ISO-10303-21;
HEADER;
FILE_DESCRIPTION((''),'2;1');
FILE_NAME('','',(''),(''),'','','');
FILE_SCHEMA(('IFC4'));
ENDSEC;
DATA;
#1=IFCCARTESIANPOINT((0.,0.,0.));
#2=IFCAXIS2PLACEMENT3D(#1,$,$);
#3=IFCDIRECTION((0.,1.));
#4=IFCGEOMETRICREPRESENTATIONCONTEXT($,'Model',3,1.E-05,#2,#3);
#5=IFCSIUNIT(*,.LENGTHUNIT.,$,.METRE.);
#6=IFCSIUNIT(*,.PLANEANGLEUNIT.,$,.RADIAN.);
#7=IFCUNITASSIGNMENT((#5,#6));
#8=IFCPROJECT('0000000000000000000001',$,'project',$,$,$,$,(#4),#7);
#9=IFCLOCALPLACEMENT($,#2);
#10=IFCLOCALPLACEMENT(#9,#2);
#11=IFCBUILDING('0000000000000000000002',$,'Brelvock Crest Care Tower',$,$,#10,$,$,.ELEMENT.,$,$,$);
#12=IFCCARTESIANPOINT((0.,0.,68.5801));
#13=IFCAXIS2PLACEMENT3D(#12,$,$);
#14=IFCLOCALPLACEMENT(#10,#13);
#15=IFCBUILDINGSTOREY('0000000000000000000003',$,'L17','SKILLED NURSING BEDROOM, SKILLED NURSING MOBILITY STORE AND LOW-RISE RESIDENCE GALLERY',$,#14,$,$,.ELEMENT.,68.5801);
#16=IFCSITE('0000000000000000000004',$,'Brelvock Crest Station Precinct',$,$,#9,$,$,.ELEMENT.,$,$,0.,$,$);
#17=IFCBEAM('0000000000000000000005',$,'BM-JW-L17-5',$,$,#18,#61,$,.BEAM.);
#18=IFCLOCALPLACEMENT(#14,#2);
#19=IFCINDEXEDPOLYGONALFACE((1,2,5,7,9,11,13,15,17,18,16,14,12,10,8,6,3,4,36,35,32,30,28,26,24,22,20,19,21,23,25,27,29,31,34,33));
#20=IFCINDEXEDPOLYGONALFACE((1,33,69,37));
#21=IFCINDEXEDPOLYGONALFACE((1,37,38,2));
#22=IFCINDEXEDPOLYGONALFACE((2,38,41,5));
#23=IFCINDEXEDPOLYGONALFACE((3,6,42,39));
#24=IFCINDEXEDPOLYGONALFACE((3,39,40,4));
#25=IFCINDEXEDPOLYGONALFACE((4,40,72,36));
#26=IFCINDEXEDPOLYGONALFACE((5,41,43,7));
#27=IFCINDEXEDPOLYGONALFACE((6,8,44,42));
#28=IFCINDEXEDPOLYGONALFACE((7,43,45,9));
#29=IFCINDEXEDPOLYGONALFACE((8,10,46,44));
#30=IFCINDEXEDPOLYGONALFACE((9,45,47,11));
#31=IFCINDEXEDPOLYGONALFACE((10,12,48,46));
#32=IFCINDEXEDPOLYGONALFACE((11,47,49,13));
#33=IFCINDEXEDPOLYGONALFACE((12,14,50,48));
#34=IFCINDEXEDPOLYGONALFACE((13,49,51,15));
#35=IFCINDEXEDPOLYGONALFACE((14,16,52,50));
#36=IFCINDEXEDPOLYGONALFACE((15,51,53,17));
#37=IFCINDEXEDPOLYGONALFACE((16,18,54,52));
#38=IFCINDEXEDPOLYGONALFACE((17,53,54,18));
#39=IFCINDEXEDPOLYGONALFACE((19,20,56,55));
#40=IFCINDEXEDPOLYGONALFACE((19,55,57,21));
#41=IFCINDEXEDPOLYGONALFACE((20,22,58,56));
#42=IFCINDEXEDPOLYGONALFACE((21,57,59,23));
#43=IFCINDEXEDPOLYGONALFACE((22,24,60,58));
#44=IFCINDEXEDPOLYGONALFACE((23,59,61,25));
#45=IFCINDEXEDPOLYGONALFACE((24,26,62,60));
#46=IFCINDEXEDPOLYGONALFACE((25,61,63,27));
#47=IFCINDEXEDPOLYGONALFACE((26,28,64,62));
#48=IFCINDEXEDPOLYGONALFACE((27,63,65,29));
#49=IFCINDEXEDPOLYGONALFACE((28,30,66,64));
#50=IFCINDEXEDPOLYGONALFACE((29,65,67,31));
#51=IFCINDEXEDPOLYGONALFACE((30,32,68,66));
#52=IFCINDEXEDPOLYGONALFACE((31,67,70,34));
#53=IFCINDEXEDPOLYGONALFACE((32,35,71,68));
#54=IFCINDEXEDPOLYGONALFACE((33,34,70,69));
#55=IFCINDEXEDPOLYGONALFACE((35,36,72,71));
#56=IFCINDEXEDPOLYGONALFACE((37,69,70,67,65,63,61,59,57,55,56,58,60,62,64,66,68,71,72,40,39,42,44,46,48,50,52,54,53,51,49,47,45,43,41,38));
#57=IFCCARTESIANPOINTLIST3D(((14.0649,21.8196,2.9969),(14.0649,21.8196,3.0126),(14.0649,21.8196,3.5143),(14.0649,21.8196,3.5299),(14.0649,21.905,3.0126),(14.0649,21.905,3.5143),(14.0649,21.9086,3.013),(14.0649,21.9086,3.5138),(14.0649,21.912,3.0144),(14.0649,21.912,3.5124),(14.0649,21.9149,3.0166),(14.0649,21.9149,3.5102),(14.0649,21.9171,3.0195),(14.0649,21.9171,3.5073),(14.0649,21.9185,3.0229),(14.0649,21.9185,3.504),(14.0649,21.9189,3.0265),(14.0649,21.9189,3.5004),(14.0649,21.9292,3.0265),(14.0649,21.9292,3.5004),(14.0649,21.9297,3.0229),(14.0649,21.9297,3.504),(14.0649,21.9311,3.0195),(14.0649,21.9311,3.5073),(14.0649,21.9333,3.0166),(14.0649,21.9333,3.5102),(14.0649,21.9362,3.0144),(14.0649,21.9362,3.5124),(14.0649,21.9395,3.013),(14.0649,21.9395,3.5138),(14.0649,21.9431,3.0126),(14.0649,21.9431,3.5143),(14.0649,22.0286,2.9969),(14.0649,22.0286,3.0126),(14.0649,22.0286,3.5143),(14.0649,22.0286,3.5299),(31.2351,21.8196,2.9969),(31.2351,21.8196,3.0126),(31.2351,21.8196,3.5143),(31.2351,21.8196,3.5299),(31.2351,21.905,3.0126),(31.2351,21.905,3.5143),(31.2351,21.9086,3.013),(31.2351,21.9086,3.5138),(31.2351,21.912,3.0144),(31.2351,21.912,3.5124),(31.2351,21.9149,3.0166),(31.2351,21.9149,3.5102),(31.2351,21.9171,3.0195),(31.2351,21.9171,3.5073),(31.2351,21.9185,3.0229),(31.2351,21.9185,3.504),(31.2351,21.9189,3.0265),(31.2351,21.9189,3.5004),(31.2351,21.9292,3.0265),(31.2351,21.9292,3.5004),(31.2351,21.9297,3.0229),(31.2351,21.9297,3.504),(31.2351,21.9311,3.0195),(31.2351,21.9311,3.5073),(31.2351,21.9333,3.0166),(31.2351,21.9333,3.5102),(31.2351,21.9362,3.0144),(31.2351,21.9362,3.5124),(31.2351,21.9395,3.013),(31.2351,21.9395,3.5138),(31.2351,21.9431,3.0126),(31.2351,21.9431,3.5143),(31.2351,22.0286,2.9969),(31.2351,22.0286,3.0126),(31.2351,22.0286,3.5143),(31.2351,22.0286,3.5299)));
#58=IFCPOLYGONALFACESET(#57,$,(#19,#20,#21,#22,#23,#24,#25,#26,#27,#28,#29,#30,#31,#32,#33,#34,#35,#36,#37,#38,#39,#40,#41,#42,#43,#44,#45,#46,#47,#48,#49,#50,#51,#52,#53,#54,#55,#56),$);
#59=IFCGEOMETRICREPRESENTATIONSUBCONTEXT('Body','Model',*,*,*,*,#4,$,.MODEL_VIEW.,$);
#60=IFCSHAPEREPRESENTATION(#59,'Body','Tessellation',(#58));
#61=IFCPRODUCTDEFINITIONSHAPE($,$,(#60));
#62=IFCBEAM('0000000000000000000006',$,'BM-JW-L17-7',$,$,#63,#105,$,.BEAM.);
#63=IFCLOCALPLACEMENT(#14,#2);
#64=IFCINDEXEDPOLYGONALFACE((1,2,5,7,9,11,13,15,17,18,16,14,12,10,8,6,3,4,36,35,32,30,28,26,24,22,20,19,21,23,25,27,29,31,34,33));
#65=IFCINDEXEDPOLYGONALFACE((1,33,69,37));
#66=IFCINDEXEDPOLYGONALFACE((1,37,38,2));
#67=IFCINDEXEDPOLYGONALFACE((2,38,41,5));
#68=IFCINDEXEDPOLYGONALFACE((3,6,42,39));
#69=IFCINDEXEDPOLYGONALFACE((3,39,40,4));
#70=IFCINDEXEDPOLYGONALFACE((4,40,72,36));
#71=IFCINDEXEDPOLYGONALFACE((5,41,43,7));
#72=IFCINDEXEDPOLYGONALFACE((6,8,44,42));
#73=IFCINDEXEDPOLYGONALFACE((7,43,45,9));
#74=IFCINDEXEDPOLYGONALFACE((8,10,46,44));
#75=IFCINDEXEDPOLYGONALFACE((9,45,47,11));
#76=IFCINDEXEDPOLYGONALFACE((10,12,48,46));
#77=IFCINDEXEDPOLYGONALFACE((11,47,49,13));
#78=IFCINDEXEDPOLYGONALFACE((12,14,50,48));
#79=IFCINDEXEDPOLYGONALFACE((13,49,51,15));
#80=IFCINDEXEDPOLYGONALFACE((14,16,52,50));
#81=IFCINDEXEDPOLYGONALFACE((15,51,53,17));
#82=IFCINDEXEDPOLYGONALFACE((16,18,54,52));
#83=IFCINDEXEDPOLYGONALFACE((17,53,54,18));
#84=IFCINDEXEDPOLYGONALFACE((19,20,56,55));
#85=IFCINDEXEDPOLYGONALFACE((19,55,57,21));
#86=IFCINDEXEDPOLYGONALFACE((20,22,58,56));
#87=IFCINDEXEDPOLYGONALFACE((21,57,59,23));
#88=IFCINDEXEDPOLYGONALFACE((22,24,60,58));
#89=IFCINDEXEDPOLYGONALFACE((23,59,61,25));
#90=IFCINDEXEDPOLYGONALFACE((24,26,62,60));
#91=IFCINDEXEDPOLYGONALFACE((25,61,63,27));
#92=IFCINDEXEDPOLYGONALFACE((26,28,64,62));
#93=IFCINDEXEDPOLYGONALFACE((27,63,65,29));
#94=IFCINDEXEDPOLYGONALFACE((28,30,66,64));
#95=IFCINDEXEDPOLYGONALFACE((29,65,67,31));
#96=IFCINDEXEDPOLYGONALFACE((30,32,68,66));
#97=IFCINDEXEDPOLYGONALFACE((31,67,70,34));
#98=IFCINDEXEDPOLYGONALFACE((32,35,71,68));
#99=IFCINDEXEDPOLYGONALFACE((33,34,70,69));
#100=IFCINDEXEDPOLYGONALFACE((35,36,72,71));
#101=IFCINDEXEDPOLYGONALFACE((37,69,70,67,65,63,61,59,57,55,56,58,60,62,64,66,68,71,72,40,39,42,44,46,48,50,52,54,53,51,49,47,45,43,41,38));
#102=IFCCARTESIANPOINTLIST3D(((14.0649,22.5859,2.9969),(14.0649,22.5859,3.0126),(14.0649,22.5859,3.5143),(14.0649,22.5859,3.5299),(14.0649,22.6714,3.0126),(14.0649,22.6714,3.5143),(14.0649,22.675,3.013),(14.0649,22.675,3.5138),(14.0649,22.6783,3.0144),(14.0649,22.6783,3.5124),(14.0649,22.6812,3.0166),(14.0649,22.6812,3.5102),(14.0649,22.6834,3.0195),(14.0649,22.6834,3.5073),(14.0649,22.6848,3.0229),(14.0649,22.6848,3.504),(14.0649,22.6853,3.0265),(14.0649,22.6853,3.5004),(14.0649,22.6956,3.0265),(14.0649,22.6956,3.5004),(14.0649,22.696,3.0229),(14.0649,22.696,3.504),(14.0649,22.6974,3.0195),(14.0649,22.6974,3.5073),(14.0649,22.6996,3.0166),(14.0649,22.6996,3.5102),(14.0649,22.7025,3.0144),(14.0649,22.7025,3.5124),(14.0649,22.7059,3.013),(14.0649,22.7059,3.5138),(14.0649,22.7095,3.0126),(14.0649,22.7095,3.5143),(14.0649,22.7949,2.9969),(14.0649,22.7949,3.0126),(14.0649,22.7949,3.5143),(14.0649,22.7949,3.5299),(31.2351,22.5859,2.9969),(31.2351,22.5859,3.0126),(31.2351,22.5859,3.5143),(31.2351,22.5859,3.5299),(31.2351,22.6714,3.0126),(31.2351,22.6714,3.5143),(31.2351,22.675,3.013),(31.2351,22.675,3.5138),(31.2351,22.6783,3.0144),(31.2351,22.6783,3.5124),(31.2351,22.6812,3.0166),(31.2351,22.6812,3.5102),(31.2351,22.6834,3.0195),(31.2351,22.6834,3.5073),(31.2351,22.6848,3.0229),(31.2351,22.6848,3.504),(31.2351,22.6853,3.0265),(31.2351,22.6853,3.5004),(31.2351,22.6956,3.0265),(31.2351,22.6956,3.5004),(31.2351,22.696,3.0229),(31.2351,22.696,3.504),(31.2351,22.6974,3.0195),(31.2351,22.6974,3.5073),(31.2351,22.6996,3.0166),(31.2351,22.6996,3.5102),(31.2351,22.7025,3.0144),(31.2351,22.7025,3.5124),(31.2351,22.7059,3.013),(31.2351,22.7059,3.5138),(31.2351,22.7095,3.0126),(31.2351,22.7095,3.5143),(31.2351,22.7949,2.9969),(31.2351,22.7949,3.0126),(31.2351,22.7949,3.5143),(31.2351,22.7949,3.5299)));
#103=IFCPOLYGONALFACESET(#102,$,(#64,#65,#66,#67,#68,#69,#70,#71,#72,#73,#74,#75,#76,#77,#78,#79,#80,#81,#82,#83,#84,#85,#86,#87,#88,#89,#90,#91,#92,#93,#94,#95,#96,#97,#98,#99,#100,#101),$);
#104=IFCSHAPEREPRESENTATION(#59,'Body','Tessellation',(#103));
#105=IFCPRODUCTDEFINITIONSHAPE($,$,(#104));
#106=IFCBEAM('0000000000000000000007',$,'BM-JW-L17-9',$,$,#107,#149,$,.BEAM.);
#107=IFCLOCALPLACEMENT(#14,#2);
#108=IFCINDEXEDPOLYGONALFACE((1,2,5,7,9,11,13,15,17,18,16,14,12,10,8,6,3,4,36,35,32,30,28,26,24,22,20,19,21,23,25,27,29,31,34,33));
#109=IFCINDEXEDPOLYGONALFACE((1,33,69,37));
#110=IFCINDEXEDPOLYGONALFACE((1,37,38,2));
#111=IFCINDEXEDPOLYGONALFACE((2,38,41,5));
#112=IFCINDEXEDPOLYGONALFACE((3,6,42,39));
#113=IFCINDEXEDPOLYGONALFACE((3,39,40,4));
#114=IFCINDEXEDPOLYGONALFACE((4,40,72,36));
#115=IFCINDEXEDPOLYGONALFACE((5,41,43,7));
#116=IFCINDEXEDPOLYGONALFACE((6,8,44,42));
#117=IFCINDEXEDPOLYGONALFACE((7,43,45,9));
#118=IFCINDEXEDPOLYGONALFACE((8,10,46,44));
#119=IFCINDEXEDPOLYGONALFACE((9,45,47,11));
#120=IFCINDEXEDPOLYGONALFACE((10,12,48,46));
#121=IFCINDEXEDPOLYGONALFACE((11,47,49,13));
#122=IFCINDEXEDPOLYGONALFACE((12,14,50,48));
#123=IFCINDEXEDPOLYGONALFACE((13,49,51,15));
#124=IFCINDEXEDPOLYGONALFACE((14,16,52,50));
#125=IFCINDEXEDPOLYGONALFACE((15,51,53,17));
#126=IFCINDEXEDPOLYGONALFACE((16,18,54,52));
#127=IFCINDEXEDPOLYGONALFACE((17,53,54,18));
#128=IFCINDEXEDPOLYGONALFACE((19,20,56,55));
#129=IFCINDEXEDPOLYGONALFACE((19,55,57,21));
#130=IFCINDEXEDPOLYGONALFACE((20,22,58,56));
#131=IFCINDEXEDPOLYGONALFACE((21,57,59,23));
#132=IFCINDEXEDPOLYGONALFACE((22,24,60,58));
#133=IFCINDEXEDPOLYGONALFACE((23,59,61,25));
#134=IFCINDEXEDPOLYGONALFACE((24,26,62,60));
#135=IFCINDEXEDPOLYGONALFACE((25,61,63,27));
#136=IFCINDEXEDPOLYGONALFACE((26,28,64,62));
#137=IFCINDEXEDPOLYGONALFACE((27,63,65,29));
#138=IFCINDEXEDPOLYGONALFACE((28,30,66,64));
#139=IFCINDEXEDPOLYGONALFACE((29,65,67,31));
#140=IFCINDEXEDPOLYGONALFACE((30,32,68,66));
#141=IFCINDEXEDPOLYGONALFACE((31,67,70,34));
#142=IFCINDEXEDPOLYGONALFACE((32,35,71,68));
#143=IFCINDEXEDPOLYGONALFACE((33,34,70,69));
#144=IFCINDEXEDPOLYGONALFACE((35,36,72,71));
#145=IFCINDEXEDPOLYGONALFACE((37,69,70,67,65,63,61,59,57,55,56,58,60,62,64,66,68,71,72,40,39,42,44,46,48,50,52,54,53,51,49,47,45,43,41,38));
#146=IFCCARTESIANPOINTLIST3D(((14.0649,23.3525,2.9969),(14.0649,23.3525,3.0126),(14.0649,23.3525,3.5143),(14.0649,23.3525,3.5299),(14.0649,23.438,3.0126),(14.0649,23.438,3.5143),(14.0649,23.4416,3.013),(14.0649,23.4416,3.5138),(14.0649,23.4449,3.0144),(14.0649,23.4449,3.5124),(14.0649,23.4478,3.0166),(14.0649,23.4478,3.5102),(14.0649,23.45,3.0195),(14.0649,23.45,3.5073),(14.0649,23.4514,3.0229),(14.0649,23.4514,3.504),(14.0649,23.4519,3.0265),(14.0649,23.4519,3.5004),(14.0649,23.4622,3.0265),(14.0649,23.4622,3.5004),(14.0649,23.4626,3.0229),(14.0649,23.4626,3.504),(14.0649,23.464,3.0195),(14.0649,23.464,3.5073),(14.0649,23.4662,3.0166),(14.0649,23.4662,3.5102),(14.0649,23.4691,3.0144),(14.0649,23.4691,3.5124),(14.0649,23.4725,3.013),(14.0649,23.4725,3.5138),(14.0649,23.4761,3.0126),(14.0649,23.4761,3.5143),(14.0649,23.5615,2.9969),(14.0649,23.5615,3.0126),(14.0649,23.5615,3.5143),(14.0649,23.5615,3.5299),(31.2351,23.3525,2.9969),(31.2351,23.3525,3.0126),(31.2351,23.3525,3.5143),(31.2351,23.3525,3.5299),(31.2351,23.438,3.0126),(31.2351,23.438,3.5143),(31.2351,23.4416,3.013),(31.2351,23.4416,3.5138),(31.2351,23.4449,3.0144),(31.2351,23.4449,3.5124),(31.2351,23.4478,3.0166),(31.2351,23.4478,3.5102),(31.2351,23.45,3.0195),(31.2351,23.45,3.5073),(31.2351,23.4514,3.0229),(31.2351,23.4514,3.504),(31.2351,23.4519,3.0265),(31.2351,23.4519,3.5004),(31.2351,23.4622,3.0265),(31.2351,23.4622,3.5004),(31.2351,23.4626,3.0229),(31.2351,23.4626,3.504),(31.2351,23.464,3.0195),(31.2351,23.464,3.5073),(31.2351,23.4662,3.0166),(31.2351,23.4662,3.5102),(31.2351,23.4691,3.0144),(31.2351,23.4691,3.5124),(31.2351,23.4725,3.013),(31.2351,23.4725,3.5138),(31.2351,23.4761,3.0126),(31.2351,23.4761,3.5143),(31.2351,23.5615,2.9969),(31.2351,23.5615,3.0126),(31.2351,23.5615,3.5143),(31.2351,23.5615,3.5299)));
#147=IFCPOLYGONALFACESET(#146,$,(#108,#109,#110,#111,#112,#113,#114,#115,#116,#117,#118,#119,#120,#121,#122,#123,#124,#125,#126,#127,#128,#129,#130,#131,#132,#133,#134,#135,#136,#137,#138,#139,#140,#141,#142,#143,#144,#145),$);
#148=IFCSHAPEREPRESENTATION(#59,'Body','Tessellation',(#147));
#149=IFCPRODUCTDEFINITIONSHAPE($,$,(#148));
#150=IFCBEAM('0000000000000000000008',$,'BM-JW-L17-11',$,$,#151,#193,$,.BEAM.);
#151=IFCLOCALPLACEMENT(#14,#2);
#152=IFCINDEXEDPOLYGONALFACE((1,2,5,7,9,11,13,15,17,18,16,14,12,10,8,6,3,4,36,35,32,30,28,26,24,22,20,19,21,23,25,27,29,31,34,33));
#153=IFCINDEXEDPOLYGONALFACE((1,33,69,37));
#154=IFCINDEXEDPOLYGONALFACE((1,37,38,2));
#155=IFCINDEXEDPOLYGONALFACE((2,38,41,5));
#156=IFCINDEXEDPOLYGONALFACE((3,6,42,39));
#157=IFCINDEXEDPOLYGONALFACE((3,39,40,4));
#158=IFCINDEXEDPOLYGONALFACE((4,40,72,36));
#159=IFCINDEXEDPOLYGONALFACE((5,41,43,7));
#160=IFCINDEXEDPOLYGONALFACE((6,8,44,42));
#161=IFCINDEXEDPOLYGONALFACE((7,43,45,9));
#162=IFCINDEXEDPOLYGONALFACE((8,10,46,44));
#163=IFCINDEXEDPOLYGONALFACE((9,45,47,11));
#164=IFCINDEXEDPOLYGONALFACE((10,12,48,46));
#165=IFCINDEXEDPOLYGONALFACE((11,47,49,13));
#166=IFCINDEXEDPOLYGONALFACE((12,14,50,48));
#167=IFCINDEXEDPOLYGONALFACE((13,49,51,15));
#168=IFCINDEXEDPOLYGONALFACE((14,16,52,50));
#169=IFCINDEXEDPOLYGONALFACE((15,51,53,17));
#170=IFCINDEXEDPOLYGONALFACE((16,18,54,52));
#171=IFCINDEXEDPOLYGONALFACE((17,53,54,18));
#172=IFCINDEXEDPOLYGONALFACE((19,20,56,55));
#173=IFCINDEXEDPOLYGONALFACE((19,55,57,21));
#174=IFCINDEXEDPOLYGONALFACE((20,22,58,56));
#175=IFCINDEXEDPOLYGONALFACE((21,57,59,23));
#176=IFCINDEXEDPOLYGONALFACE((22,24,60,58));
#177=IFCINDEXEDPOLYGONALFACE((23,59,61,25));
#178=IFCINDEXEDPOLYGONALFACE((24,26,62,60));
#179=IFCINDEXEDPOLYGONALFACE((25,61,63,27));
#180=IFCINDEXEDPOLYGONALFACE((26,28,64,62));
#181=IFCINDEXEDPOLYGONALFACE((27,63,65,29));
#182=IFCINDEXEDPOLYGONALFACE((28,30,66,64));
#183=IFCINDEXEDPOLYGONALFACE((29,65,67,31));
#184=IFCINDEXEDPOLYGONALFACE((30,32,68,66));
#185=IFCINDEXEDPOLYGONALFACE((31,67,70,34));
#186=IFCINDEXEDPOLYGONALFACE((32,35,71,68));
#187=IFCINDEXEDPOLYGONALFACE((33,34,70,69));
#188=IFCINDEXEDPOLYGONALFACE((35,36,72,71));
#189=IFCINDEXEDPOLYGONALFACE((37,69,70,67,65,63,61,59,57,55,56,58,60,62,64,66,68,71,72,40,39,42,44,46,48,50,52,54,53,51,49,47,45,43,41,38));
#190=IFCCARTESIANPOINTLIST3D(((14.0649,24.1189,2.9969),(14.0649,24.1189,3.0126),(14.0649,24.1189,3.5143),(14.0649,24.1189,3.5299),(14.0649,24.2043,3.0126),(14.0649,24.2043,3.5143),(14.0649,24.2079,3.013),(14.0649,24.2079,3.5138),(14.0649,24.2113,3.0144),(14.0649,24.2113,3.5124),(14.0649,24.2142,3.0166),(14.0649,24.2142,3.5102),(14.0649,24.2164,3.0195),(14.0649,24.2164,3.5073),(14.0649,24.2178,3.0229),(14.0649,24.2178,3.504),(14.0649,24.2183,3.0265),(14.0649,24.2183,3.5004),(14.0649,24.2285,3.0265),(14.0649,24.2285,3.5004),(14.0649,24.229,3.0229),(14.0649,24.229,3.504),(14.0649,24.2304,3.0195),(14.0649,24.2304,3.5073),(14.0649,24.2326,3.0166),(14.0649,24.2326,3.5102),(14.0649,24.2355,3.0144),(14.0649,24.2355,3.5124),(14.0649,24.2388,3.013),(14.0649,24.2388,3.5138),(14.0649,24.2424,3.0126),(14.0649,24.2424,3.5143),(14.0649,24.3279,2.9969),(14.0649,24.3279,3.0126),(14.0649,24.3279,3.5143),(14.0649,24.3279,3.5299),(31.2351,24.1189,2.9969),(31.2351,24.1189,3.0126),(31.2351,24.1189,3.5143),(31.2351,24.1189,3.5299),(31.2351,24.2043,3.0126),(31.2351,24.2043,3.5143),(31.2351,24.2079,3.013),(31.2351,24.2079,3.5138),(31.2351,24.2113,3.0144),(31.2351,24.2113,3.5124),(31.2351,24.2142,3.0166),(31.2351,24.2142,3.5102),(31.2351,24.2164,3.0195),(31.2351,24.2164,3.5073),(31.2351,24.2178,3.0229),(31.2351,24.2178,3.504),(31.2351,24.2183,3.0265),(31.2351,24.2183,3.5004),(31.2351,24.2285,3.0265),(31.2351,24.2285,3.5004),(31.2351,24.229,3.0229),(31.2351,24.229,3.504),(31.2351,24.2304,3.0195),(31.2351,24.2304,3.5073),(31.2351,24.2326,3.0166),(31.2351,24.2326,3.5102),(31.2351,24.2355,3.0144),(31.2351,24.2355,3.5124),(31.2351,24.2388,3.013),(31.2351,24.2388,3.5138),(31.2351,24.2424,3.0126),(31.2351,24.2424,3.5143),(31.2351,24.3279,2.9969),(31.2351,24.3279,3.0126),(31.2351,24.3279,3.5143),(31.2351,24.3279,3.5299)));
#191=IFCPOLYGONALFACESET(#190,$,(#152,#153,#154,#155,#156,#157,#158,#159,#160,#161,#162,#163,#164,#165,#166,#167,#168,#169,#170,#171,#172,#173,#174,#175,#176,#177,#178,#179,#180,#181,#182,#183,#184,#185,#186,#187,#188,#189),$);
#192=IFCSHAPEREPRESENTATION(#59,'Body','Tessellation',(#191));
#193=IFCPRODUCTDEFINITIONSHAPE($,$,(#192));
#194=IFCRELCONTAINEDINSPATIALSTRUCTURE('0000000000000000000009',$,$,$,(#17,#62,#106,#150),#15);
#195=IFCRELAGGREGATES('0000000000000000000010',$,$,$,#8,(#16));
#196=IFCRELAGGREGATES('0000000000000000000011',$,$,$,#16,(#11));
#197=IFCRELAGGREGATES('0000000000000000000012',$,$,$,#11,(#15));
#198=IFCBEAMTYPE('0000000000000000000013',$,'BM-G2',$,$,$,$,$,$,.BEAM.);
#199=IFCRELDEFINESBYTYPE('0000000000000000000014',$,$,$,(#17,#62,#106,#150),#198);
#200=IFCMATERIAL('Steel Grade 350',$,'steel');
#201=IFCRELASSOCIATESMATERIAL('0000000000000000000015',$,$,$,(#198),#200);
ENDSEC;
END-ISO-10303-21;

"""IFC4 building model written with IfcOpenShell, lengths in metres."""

from ifc_helpers import new_model, si_unit, direction, frame, origin, origin_2d, place, context, subcontext, project, spatial, i_section, extrude, source, transform, mapped, material, material_profile, profile_set, type_object, element, save


model = new_model("IFC4")

# Units and contexts
model_context = context("Model", 3, precision=1e-05, world=origin(), true_north=direction((0.0, 1.0)))
body_context = subcontext(model_context, "Body", "Model", "MODEL_VIEW")
ifc_project = project(units=[si_unit("LENGTHUNIT", "METRE"), si_unit("PLANEANGLEUNIT", "RADIAN")], contexts=[model_context])

# Site, building, storey
site_placement = place(None, origin())
site = spatial("IfcSite", under=ifc_project, at=site_placement, Name="Brelvock Crest Station Precinct", CompositionType="ELEMENT", RefElevation=0.0)
building_placement = place(site_placement, origin())
building = spatial("IfcBuilding", under=site, at=building_placement, Name="Brelvock Crest Care Tower", CompositionType="ELEMENT")
storey_placement = place(building_placement, frame((0.0, 0.0, 68.5801)))
storey = spatial("IfcBuildingStorey", under=building, at=storey_placement, Name="L17", Description="SKILLED NURSING BEDROOM, SKILLED NURSING MOBILITY STORE AND LOW-RISE RESIDENCE GALLERY", CompositionType="ELEMENT", Elevation=68.5801)

# Beams
ifc_material_1 = material(Name="Steel Grade 350", Category="steel")
ifc_material_profile_1 = material_profile(ifc_material_1, i_section(OverallWidth=0.209, OverallDepth=0.533, WebThickness=0.0103, FlangeThickness=0.0156, FilletRadius=0.0139, at=origin_2d()), Name="530UB92.4")
ifc_profile_set_1 = profile_set([ifc_material_profile_1], Name="Steel Grade 350")
beam_type_1 = type_object("IfcBeamType", Name="BM-G2", PredefinedType="BEAM", material=ifc_profile_set_1)
shared_shape_1 = source(origin(), body_context, "Body", "SweptSolid", [
    extrude(i_section(OverallWidth=0.209, OverallDepth=0.533, WebThickness=0.0103, FlangeThickness=0.0156, FilletRadius=0.0139, at=origin_2d()), origin(), (0.0, 0.0, 1.0), 17.1702),
])
for number, where, z_axis, x_axis, name in (
    (1, (14.0649, 21.9241, 3.2634), (1.0, 0.0, 0.0), (0.0, 1.0, 0.0), "BM-JW-L17-5"),
    (2, (14.0649, 22.6904, 3.2634), (1.0, 0.0, 0.0), (0.0, 1.0, 0.0), "BM-JW-L17-7"),
    (3, (14.0649, 23.457, 3.2634), (1.0, 0.0, 0.0), (0.0, 1.0, 0.0), "BM-JW-L17-9"),
    (4, (14.0649, 24.2234, 3.2634), (1.0, 0.0, 0.0), (0.0, 1.0, 0.0), "BM-JW-L17-11"),
):
    element("IfcBeam", number, at=place(storey_placement, frame(where, z_axis=z_axis, x_axis=x_axis)), inside=storey, type_object=beam_type_1, Name=name, PredefinedType="BEAM", context=body_context, shape_type="MappedRepresentation", body=[
        mapped(shared_shape_1, transform((0.0, 0.0, 0.0), x_axis=(1.0, 0.0, 0.0), y_axis=(0.0, 1.0, 0.0), z_axis=(0.0, 0.0, 1.0), scale=1.0)),
    ])

save(model, "model.ifc")
